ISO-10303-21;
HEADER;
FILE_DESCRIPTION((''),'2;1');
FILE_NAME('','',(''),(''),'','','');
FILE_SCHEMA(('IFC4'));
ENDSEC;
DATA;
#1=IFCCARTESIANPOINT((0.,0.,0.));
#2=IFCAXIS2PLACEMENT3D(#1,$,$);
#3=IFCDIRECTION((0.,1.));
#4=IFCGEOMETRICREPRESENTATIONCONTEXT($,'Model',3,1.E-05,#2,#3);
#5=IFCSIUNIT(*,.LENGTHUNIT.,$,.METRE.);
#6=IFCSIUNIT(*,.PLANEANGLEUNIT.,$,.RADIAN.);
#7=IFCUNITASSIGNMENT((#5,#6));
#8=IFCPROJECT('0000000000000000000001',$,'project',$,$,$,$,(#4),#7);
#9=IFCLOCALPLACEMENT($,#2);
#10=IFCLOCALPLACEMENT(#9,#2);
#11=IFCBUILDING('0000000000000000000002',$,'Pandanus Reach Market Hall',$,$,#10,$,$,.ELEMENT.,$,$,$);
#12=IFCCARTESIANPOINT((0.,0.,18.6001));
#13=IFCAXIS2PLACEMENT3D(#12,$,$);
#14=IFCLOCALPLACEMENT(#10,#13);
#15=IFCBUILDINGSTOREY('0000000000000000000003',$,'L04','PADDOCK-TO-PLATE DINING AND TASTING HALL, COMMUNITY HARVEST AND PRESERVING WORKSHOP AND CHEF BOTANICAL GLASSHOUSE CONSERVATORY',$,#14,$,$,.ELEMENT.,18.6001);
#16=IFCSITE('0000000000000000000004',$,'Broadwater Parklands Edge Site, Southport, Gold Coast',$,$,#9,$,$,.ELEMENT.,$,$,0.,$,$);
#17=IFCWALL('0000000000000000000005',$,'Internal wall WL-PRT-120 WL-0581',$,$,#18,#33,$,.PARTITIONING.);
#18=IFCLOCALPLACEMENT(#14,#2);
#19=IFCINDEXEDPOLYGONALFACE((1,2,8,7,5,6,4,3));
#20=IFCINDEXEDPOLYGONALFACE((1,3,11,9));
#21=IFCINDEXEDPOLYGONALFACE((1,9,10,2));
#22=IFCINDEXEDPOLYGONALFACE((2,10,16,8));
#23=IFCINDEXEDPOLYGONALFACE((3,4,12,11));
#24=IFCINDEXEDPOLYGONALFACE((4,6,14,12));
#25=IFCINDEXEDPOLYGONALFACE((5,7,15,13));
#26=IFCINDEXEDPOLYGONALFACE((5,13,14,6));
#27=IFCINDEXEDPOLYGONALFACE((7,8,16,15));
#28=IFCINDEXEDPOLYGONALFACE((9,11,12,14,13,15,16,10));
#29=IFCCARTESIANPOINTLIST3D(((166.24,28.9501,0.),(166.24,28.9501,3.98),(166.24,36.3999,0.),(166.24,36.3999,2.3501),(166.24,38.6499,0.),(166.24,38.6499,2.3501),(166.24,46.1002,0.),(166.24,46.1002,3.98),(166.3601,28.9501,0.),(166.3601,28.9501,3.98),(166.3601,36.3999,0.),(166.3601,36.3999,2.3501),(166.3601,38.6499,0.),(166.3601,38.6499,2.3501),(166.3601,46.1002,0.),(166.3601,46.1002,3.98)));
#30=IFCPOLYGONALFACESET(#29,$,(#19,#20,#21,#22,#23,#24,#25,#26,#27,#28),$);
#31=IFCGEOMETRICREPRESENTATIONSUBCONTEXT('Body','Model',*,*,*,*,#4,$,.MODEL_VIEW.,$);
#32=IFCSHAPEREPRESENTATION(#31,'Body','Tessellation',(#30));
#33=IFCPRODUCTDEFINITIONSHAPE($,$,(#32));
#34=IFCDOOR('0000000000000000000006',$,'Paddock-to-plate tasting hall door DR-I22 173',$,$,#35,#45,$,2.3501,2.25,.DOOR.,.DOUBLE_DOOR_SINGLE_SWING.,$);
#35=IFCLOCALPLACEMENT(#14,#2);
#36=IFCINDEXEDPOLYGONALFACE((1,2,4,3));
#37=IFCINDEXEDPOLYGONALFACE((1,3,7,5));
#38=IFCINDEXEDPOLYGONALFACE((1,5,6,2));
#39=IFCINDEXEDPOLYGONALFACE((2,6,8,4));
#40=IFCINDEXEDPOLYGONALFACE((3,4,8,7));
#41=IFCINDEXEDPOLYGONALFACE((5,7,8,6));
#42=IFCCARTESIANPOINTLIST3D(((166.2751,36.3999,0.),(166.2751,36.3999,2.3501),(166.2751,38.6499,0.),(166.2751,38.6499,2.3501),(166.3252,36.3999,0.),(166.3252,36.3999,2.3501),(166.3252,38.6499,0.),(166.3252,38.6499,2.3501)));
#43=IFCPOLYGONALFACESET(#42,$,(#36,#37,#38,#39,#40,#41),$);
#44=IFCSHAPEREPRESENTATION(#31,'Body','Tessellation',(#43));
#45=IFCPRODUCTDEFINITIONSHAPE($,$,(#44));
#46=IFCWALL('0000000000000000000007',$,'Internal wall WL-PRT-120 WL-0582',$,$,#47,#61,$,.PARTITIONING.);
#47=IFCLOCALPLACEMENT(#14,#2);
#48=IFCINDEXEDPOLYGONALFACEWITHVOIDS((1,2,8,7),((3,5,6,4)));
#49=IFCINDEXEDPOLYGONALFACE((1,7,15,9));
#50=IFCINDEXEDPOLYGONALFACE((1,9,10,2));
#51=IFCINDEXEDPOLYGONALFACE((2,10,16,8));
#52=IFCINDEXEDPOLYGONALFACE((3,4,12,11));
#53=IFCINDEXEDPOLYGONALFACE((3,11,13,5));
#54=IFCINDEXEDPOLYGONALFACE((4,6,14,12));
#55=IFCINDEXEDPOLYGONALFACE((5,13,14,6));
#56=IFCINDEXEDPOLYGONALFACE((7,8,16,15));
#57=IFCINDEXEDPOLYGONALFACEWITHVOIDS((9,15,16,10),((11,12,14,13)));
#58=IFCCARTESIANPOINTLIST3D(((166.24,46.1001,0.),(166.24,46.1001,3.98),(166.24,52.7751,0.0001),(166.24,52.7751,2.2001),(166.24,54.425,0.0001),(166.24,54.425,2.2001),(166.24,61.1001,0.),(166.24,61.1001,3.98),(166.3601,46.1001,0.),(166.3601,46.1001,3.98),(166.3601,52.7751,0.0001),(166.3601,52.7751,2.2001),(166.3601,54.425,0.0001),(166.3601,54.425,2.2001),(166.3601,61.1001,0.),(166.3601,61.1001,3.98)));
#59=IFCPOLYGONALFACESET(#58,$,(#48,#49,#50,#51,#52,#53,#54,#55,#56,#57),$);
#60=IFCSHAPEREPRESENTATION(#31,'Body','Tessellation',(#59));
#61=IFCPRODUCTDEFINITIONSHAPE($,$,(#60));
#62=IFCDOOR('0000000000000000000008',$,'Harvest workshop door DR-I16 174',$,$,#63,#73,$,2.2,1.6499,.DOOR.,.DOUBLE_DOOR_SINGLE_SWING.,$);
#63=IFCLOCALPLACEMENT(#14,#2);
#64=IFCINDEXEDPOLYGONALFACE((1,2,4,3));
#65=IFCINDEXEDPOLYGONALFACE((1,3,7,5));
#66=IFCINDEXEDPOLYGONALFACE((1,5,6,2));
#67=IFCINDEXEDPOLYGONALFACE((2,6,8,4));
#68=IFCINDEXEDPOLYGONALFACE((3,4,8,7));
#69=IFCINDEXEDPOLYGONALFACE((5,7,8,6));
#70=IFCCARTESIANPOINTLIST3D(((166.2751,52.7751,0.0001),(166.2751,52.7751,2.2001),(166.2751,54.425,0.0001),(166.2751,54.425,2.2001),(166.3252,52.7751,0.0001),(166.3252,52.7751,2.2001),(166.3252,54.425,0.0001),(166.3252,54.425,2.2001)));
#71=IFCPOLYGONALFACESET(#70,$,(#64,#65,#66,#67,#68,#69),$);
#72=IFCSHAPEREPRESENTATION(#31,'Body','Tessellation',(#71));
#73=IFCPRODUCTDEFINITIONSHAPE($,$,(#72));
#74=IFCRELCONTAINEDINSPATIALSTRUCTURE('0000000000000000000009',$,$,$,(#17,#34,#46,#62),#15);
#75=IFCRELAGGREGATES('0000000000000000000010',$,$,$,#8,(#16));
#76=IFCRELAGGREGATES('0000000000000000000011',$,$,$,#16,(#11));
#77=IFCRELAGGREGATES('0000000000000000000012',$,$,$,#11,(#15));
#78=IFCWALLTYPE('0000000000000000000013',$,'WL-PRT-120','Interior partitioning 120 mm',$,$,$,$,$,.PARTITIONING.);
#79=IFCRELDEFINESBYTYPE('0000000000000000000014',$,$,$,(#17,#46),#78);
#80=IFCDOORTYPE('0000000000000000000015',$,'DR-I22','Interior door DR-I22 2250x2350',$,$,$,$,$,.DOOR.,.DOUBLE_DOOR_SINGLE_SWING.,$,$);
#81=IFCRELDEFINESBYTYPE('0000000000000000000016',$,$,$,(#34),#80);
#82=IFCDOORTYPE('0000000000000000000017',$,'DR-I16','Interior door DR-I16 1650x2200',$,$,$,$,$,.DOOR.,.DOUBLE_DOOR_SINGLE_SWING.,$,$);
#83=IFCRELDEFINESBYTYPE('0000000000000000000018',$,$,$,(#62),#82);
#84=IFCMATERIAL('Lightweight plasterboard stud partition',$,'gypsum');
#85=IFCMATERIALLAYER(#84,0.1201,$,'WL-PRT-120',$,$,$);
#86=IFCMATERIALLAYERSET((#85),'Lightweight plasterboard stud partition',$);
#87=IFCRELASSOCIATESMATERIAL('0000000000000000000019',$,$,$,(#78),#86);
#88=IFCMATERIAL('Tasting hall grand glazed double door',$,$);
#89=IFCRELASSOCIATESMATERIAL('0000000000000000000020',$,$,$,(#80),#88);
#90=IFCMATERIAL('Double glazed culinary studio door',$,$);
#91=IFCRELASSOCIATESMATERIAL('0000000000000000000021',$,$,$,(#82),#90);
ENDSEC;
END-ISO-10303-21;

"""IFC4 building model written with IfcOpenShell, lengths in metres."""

from ifc_helpers import new_model, si_unit, direction, frame, frame_2d, origin, place, context, subcontext, project, spatial, rectangle, extrude, material, layer, layer_set, type_object, element, fill, save


model = new_model("IFC4")

# Units and contexts
model_context = context("Model", 3, precision=1e-05, world=origin(), true_north=direction((0.0, 1.0)))
body_context = subcontext(model_context, "Body", "Model", "MODEL_VIEW")
ifc_project = project(units=[si_unit("LENGTHUNIT", "METRE"), si_unit("PLANEANGLEUNIT", "RADIAN")], contexts=[model_context])

# Site, building, storey
site_placement = place(None, origin())
site = spatial("IfcSite", under=ifc_project, at=site_placement, Name="Broadwater Parklands Edge Site, Southport, Gold Coast", CompositionType="ELEMENT", RefElevation=0.0)
building_placement = place(site_placement, origin())
building = spatial("IfcBuilding", under=site, at=building_placement, Name="Pandanus Reach Market Hall", CompositionType="ELEMENT")
storey_placement = place(building_placement, frame((0.0, 0.0, 18.6001)))
storey = spatial("IfcBuildingStorey", under=building, at=storey_placement, Name="L04", Description="PADDOCK-TO-PLATE DINING AND TASTING HALL, COMMUNITY HARVEST AND PRESERVING WORKSHOP AND CHEF BOTANICAL GLASSHOUSE CONSERVATORY", CompositionType="ELEMENT", Elevation=18.6001)

# Walls, openings, doors
ifc_material_1 = material(Name="Lightweight plasterboard stud partition", Category="gypsum")
ifc_layer_1 = layer(ifc_material_1, 0.1201, Name="WL-PRT-120")
ifc_layer_set_1 = layer_set([ifc_layer_1], Name="Lightweight plasterboard stud partition")
wall_type = type_object("IfcWallType", Name="WL-PRT-120", Description="Interior partitioning 120 mm", PredefinedType="PARTITIONING", material=ifc_layer_set_1)
wall_1_placement = place(storey_placement, frame((166.3, 28.95, 0.0), z_axis=(0.0, 0.0, 1.0), x_axis=(0.0, 1.0, 0.0)))
wall_1 = element("IfcWall", 1, at=wall_1_placement, inside=storey, type_object=wall_type, Name="Internal wall WL-PRT-120 WL-0581", PredefinedType="PARTITIONING", context=body_context, shape_type="SweptSolid", body=[
    extrude(rectangle(XDim=17.1501, YDim=0.1201, at=frame_2d((8.5752, 0.0))), origin(), (0.0, 0.0, 1.0), 3.98),
])
opening_1_placement = place(wall_1_placement, frame((7.45, 0.0, 0.0)))
opening_1 = element("IfcOpeningElement", 2, at=opening_1_placement, cuts=wall_1, PredefinedType="OPENING", context=body_context, shape_type="SweptSolid", body=[
    extrude(rectangle(XDim=2.25, YDim=2.3501, at=frame_2d((1.125, 1.175))), frame((0.0, 0.075, 0.0), z_axis=(0.0, -1.0, 0.0), x_axis=(1.0, 0.0, 0.0)), (0.0, 0.0, 1.0), 0.1501),
])
ifc_material_2 = material(Name="Tasting hall grand glazed double door")
door_type_1 = type_object("IfcDoorType", Name="DR-I22", Description="Interior door DR-I22 2250x2350", OperationType="DOUBLE_DOOR_SINGLE_SWING", PredefinedType="DOOR", material=ifc_material_2)
door_1_placement = place(opening_1_placement, origin())
door_1 = element("IfcDoor", 3, at=door_1_placement, inside=storey, type_object=door_type_1, Name="Paddock-to-plate tasting hall door DR-I22 173", OperationType="DOUBLE_DOOR_SINGLE_SWING", OverallHeight=2.3501, OverallWidth=2.25, PredefinedType="DOOR", context=body_context, shape_type="SweptSolid", body=[
    extrude(rectangle(XDim=2.25, YDim=2.3501, at=frame_2d((1.125, 1.175))), frame((0.0, 0.0249, 0.0), z_axis=(0.0, -1.0, 0.0), x_axis=(1.0, 0.0, 0.0)), (0.0, 0.0, 1.0), 0.05),
])
fill(opening_1, door_1)
wall_2_placement = place(storey_placement, frame((166.3, 46.1001, 0.0), z_axis=(0.0, 0.0, 1.0), x_axis=(0.0, 1.0, 0.0)))
wall_2 = element("IfcWall", 4, at=wall_2_placement, inside=storey, type_object=wall_type, Name="Internal wall WL-PRT-120 WL-0582", PredefinedType="PARTITIONING", context=body_context, shape_type="SweptSolid", body=[
    extrude(rectangle(XDim=15.0, YDim=0.1201, at=frame_2d((7.5, 0.0))), origin(), (0.0, 0.0, 1.0), 3.98),
])
opening_2_placement = place(wall_2_placement, frame((6.675, 0.0, 0.0)))
opening_2 = element("IfcOpeningElement", 5, at=opening_2_placement, cuts=wall_2, PredefinedType="OPENING", context=body_context, shape_type="SweptSolid", body=[
    extrude(rectangle(XDim=1.6499, YDim=2.2, at=frame_2d((0.825, 1.1001))), frame((0.0, 0.075, 0.0), z_axis=(0.0, -1.0, 0.0), x_axis=(1.0, 0.0, 0.0)), (0.0, 0.0, 1.0), 0.1501),
])
ifc_material_3 = material(Name="Double glazed culinary studio door")
door_type_2 = type_object("IfcDoorType", Name="DR-I16", Description="Interior door DR-I16 1650x2200", OperationType="DOUBLE_DOOR_SINGLE_SWING", PredefinedType="DOOR", material=ifc_material_3)
door_2_placement = place(opening_2_placement, origin())
door_2 = element("IfcDoor", 6, at=door_2_placement, inside=storey, type_object=door_type_2, Name="Harvest workshop door DR-I16 174", OperationType="DOUBLE_DOOR_SINGLE_SWING", OverallHeight=2.2, OverallWidth=1.6499, PredefinedType="DOOR", context=body_context, shape_type="SweptSolid", body=[
    extrude(rectangle(XDim=1.6499, YDim=2.2, at=frame_2d((0.825, 1.1001))), frame((0.0, 0.0249, 0.0), z_axis=(0.0, -1.0, 0.0), x_axis=(1.0, 0.0, 0.0)), (0.0, 0.0, 1.0), 0.05),
])
fill(opening_2, door_2)

save(model, "model.ifc")
